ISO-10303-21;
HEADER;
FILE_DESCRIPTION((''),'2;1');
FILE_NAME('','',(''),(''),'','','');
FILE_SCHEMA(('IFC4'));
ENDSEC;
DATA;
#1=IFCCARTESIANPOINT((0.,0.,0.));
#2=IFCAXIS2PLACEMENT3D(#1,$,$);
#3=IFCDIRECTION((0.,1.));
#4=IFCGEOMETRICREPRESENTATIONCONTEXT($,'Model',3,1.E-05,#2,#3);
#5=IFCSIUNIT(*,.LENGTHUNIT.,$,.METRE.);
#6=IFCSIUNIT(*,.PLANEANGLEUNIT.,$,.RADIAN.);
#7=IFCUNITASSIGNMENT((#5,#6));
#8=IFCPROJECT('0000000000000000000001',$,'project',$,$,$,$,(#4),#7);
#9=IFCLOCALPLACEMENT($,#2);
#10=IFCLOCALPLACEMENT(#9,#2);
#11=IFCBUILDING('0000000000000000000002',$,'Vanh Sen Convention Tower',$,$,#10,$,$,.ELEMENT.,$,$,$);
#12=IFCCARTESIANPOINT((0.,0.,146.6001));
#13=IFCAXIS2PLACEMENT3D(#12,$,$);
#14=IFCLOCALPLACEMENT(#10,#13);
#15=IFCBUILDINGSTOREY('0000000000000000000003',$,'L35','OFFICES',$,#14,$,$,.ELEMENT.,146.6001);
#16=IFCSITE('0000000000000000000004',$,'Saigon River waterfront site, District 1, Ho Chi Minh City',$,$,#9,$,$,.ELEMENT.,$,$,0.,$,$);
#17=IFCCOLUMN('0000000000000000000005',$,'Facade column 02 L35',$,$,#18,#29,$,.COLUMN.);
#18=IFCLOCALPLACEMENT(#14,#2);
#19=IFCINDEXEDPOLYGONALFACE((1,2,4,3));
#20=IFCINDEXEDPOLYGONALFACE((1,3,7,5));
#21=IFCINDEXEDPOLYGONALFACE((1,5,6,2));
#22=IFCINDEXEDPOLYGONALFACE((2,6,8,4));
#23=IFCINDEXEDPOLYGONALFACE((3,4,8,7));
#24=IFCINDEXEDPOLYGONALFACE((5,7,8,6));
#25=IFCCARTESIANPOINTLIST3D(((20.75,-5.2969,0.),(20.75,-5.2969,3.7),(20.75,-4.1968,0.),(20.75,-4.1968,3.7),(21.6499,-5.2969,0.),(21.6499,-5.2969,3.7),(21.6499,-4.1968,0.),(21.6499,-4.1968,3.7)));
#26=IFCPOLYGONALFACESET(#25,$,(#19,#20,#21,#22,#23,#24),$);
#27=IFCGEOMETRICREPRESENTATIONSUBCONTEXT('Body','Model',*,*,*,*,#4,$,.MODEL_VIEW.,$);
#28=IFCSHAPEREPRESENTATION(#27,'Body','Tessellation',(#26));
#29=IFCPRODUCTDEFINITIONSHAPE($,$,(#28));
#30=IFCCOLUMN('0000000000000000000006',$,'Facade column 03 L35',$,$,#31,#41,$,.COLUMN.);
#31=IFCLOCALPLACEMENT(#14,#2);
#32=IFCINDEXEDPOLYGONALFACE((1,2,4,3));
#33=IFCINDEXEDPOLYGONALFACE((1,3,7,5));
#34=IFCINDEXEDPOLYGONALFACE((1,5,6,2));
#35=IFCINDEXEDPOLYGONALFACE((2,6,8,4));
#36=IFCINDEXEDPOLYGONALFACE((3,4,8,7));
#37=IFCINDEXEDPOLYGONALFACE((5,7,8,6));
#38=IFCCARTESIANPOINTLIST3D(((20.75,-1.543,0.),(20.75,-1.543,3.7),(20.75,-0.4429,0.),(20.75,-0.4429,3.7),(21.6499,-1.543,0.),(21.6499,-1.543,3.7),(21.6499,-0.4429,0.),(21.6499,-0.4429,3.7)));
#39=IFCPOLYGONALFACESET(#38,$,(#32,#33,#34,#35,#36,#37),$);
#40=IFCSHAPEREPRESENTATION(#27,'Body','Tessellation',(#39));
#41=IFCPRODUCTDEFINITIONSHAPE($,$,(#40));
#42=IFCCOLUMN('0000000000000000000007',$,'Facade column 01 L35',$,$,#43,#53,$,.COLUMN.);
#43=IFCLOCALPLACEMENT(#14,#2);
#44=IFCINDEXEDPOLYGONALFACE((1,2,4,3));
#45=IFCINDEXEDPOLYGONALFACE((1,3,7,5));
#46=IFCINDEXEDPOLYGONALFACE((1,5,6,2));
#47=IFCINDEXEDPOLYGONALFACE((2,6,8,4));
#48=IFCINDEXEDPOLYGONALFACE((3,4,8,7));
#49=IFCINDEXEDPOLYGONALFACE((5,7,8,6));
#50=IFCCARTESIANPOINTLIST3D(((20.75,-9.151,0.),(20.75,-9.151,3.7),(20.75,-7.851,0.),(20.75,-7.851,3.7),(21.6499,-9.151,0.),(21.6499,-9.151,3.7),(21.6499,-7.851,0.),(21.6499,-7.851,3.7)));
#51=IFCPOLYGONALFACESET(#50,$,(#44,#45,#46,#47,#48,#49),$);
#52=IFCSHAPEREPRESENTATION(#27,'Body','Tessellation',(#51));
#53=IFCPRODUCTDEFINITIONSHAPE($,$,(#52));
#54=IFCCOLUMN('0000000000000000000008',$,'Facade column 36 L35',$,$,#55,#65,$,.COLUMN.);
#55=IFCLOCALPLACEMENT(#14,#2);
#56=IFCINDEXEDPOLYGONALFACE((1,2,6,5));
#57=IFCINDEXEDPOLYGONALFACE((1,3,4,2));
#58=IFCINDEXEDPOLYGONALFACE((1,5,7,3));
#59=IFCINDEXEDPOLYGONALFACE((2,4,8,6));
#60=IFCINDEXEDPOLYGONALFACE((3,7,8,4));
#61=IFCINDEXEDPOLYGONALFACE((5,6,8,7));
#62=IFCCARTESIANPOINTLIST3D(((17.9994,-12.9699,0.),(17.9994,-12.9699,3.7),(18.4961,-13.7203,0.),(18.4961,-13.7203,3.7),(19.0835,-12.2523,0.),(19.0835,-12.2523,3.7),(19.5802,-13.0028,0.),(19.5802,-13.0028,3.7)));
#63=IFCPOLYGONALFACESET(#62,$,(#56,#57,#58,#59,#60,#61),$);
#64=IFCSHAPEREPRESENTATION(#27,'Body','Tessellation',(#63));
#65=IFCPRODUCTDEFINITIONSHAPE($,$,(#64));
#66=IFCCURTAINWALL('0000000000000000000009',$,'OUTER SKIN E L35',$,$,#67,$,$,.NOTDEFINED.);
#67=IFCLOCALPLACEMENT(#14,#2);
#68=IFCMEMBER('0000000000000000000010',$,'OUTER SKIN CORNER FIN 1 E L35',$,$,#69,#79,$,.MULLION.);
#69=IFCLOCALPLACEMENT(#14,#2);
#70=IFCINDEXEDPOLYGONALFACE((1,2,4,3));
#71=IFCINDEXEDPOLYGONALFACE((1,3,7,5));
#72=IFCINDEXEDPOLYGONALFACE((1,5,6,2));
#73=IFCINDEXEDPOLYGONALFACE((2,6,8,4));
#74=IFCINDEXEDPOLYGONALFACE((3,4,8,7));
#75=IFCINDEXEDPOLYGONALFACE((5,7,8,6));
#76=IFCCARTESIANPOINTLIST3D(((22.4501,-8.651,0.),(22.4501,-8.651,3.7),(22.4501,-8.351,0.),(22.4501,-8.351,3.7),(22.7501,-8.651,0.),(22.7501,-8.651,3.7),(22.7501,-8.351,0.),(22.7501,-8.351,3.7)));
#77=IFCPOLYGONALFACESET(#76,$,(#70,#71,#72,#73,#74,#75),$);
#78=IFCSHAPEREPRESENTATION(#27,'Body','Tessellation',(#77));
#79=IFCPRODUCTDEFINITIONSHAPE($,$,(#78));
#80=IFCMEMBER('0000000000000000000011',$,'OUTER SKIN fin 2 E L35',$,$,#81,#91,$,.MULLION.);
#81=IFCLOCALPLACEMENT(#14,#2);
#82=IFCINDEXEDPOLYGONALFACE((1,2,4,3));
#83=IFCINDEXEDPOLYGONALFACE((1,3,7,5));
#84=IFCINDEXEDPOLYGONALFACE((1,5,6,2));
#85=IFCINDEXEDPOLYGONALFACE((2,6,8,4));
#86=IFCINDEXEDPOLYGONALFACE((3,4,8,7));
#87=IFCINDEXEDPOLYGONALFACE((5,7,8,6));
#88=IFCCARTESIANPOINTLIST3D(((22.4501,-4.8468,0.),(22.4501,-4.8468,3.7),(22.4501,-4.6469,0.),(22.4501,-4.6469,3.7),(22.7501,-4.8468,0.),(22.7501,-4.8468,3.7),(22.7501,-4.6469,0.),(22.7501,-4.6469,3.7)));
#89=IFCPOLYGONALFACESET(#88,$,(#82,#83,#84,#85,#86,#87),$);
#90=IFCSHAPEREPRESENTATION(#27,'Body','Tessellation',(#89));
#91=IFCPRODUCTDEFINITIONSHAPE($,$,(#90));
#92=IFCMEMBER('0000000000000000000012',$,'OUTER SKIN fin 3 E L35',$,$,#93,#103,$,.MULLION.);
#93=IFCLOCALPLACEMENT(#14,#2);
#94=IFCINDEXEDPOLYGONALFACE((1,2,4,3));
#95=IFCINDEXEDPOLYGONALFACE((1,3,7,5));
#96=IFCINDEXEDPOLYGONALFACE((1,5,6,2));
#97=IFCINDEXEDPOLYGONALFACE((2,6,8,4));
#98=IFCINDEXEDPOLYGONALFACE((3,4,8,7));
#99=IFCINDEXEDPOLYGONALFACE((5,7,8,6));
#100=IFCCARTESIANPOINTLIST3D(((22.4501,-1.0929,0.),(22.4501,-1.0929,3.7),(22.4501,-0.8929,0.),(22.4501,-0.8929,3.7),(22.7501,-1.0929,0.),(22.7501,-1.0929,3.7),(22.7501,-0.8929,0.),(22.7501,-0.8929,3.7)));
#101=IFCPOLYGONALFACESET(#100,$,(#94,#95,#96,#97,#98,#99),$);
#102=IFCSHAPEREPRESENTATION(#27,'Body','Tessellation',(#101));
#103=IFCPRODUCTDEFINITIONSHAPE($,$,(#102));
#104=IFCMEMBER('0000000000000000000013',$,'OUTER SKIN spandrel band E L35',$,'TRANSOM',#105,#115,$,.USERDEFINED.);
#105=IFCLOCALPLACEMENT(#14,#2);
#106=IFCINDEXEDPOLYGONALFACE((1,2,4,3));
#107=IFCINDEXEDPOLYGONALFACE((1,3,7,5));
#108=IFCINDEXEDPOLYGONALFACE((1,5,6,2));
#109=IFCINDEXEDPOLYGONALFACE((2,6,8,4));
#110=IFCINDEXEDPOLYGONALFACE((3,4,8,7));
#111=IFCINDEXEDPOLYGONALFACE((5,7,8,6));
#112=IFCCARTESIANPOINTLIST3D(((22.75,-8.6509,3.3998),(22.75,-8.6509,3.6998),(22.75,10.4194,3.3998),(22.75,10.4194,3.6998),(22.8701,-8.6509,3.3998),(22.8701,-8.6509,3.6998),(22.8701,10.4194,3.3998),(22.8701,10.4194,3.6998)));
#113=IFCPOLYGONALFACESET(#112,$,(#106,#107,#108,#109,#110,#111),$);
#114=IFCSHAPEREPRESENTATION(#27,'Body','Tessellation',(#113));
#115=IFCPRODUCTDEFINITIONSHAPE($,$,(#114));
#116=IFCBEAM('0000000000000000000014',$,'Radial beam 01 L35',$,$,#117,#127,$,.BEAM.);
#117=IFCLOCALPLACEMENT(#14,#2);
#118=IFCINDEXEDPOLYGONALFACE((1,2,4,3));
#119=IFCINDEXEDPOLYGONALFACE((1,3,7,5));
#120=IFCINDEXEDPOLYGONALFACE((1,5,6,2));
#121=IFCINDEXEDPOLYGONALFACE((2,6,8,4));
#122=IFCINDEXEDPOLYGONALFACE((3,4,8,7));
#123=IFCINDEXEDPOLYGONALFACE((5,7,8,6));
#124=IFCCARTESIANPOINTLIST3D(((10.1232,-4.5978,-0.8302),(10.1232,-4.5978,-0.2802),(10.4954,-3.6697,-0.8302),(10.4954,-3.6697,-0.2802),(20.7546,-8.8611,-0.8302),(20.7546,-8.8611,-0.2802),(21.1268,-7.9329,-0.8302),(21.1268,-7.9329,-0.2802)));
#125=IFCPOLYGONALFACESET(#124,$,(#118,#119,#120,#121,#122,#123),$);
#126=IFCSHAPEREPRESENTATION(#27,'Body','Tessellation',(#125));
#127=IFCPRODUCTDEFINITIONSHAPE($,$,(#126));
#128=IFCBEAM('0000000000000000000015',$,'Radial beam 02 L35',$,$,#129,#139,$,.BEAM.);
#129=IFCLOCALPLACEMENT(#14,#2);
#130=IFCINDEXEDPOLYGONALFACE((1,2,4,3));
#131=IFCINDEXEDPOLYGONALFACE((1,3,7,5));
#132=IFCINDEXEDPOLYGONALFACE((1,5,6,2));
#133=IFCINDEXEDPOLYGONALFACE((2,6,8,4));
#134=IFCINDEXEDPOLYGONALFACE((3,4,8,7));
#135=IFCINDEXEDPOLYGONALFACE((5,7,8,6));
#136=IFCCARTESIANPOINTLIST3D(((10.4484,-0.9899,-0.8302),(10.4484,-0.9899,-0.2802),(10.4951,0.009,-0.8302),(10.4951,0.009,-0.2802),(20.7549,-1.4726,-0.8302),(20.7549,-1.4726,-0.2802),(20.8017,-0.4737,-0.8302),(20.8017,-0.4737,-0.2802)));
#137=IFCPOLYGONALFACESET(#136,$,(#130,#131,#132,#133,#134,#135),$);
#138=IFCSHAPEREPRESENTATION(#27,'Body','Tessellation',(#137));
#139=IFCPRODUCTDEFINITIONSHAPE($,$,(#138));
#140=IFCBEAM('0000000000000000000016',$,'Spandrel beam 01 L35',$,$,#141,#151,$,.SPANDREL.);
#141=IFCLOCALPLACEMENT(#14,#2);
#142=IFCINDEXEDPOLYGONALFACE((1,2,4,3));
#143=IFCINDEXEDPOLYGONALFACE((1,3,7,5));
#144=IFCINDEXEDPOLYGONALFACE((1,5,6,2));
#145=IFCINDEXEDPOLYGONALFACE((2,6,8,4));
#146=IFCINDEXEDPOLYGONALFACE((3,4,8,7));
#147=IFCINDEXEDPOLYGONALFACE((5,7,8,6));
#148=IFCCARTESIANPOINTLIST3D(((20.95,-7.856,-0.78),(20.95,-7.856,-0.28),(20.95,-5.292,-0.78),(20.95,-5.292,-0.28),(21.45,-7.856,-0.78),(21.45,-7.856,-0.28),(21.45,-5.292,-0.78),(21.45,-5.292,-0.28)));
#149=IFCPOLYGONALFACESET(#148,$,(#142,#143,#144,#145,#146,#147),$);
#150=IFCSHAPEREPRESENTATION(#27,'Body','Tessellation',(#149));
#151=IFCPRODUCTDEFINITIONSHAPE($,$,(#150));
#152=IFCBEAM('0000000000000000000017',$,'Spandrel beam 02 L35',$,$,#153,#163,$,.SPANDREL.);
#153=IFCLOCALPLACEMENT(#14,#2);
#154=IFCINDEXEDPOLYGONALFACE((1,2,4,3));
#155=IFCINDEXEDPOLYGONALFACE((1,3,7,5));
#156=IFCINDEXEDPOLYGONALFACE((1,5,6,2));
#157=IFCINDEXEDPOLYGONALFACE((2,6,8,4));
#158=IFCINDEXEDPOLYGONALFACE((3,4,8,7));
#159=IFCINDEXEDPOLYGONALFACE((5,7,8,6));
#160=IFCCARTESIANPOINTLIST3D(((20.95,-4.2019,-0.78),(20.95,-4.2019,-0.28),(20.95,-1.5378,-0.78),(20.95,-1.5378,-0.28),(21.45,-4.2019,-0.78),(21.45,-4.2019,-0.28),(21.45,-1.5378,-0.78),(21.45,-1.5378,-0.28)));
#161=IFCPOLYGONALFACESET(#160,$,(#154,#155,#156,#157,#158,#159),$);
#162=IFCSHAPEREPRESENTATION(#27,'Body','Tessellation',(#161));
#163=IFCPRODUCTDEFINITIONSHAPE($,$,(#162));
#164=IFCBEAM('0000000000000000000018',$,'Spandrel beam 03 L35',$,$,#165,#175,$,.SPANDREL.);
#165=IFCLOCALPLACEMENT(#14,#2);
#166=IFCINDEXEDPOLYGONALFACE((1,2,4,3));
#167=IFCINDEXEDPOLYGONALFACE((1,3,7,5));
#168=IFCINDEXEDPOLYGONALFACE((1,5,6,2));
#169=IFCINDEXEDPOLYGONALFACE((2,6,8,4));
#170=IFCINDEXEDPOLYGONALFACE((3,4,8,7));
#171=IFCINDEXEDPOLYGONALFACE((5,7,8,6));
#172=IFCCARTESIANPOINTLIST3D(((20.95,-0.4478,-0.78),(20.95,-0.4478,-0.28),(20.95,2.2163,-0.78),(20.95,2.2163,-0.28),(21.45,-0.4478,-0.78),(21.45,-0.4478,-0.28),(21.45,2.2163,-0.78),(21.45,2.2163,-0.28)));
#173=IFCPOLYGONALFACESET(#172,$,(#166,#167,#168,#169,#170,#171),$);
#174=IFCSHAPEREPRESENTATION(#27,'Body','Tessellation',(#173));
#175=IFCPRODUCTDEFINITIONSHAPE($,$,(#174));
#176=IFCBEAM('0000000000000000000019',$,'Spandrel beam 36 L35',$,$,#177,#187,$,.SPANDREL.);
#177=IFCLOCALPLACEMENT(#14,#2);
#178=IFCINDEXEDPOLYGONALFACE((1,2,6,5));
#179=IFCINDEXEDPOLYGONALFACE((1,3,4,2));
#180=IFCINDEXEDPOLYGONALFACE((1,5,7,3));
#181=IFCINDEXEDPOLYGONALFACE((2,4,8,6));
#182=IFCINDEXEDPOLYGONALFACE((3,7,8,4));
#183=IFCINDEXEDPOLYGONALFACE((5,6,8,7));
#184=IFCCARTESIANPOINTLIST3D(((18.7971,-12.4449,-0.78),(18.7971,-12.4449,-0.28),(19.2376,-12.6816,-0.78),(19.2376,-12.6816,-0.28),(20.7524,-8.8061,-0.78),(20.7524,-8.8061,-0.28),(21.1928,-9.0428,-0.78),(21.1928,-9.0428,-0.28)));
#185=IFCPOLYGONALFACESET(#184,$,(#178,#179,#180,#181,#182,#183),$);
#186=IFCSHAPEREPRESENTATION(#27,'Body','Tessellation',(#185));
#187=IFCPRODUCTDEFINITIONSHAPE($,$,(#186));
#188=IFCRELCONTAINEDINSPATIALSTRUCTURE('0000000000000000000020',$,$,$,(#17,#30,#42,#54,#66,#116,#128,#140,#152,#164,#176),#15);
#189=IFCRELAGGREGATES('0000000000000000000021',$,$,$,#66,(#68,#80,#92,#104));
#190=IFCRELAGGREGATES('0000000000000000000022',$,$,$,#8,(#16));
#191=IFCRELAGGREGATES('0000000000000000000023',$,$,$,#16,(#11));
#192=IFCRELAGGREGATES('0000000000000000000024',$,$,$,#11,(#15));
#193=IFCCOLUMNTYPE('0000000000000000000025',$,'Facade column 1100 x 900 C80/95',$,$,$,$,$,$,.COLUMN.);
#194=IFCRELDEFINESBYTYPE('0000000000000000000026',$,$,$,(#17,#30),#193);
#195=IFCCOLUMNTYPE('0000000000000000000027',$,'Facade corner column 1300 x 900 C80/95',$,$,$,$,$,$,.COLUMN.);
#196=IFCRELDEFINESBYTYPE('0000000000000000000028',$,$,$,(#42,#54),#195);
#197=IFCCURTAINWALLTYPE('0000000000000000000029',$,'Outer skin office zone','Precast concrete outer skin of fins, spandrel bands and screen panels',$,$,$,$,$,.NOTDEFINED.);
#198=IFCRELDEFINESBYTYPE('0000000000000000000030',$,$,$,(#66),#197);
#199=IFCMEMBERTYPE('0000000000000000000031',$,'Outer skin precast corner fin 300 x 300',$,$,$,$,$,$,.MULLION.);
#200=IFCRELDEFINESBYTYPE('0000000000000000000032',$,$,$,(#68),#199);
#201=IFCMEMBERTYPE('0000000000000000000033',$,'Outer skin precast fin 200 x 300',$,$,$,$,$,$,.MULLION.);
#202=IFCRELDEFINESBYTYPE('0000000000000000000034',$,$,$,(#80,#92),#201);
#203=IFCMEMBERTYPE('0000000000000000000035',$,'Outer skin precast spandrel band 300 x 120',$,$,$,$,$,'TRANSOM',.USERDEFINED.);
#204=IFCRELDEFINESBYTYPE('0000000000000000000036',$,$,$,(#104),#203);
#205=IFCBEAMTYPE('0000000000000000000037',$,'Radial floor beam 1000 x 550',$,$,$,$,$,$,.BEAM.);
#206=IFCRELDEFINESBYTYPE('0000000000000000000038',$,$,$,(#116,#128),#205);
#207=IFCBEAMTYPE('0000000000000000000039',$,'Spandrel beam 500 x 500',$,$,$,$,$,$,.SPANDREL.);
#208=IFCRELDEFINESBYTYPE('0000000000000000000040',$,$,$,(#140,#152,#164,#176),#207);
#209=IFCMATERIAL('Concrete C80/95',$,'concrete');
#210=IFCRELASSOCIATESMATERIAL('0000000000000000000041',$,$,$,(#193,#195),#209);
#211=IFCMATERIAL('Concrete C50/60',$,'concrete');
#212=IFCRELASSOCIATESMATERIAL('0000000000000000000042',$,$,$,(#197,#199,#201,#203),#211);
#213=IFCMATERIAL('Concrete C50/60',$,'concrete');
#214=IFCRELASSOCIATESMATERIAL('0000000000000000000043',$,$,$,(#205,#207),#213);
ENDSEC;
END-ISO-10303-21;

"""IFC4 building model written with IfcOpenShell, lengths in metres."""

from ifc_helpers import new_model, si_unit, direction, frame, origin, origin_2d, place, context, subcontext, project, spatial, rectangle, extrude, material, material_profile, profile_set, type_object, element, aggregate, save


model = new_model("IFC4")

# Units and contexts
model_context = context("Model", 3, precision=1e-05, world=origin(), true_north=direction((0.0, 1.0)))
body_context = subcontext(model_context, "Body", "Model", "MODEL_VIEW")
ifc_project = project(units=[si_unit("LENGTHUNIT", "METRE"), si_unit("PLANEANGLEUNIT", "RADIAN")], contexts=[model_context])

# Site, building, storey
site_placement = place(None, origin())
site = spatial("IfcSite", under=ifc_project, at=site_placement, Name="Saigon River waterfront site, District 1, Ho Chi Minh City", CompositionType="ELEMENT", RefElevation=0.0)
building_placement = place(site_placement, origin())
building = spatial("IfcBuilding", under=site, at=building_placement, Name="Vanh Sen Convention Tower", CompositionType="ELEMENT")
storey_placement = place(building_placement, frame((0.0, 0.0, 146.6001)))
storey = spatial("IfcBuildingStorey", under=building, at=storey_placement, Name="L35", Description="OFFICES", CompositionType="ELEMENT", Elevation=146.6001)

# Columns
ifc_material_1 = material(Name="Concrete C80/95", Category="concrete")
ifc_material_profile_1 = material_profile(ifc_material_1, rectangle(XDim=1.1001, YDim=0.8999, at=origin_2d()), Name="RC 1100X900")
ifc_profile_set_1 = profile_set([ifc_material_profile_1], Name="Concrete C80/95")
column_type_1 = type_object("IfcColumnType", Name="Facade column 1100 x 900 C80/95", PredefinedType="COLUMN", material=ifc_profile_set_1)
for number, where, z_axis, x_axis, name in (
    (1, (21.2, -4.7468, 0.0), (0.0, 0.0, 1.0), (0.0, 1.0, 0.0), "Facade column 02 L35"),
    (2, (21.2, -0.9929, 0.0), (0.0, 0.0, 1.0), (0.0, 1.0, 0.0), "Facade column 03 L35"),
):
    element("IfcColumn", number, at=place(storey_placement, frame(where, z_axis=z_axis, x_axis=x_axis)), inside=storey, type_object=column_type_1, Name=name, PredefinedType="COLUMN", context=body_context, shape_type="SweptSolid", body=[
        extrude(rectangle(XDim=1.1001, YDim=0.8999, at=origin_2d()), origin(), (0.0, 0.0, 1.0), 3.7),
    ])
ifc_material_profile_2 = material_profile(ifc_material_1, rectangle(XDim=1.3, YDim=0.8999, at=origin_2d()), Name="RC 1300X900")
ifc_profile_set_2 = profile_set([ifc_material_profile_2], Name="Concrete C80/95")
column_type_2 = type_object("IfcColumnType", Name="Facade corner column 1300 x 900 C80/95", PredefinedType="COLUMN", material=ifc_profile_set_2)
for number, where, z_axis, x_axis, name in (
    (3, (21.2, -8.501, 0.0), (0.0, 0.0, 1.0), (0.0, 1.0, 0.0), "Facade column 01 L35"),
    (4, (18.7898, -12.9863, 0.0), (0.0, 0.0, 1.0), (0.833886, 0.551937, 0.0), "Facade column 36 L35"),
):
    element("IfcColumn", number, at=place(storey_placement, frame(where, z_axis=z_axis, x_axis=x_axis)), inside=storey, type_object=column_type_2, Name=name, PredefinedType="COLUMN", context=body_context, shape_type="SweptSolid", body=[
        extrude(rectangle(XDim=1.3, YDim=0.8999, at=origin_2d()), origin(), (0.0, 0.0, 1.0), 3.7),
    ])

# Curtain wall, members
ifc_material_2 = material(Name="Concrete C50/60", Category="concrete")
curtain_wall_type = type_object("IfcCurtainWallType", Name="Outer skin office zone", Description="Precast concrete outer skin of fins, spandrel bands and screen panels", PredefinedType="NOTDEFINED", material=ifc_material_2)
curtain_wall_1_placement = place(storey_placement, origin())
curtain_wall_1 = element("IfcCurtainWall", 5, at=curtain_wall_1_placement, inside=storey, type_object=curtain_wall_type, Name="OUTER SKIN E L35", PredefinedType="NOTDEFINED")
ifc_material_profile_3 = material_profile(ifc_material_2, rectangle(XDim=0.3, YDim=0.3, at=origin_2d()), Name="Outer skin precast corner fin 300 x 300")
ifc_profile_set_3 = profile_set([ifc_material_profile_3], Name="Concrete C50/60")
member_type_1 = type_object("IfcMemberType", Name="Outer skin precast corner fin 300 x 300", PredefinedType="MULLION", material=ifc_profile_set_3)
member_1_placement = place(storey_placement, frame((22.6001, -8.501, 0.0), z_axis=(0.0, 0.0, 1.0), x_axis=(0.0, 1.0, 0.0)))
member_1 = element("IfcMember", 6, at=member_1_placement, type_object=member_type_1, Name="OUTER SKIN CORNER FIN 1 E L35", PredefinedType="MULLION", context=body_context, shape_type="SweptSolid", body=[
    extrude(rectangle(XDim=0.3, YDim=0.3, at=origin_2d()), origin(), (0.0, 0.0, 1.0), 3.7),
])
ifc_material_profile_4 = material_profile(ifc_material_2, rectangle(XDim=0.2, YDim=0.3, at=origin_2d()), Name="Outer skin precast fin 200 x 300")
ifc_profile_set_4 = profile_set([ifc_material_profile_4], Name="Concrete C50/60")
member_type_2 = type_object("IfcMemberType", Name="Outer skin precast fin 200 x 300", PredefinedType="MULLION", material=ifc_profile_set_4)
member_2_placement = place(storey_placement, frame((22.6001, -4.7468, 0.0), z_axis=(0.0, 0.0, 1.0), x_axis=(0.0, 1.0, 0.0)))
member_2 = element("IfcMember", 7, at=member_2_placement, type_object=member_type_2, Name="OUTER SKIN fin 2 E L35", PredefinedType="MULLION", context=body_context, shape_type="SweptSolid", body=[
    extrude(rectangle(XDim=0.2, YDim=0.3, at=origin_2d()), origin(), (0.0, 0.0, 1.0), 3.7),
])
member_3_placement = place(storey_placement, frame((22.6001, -0.9929, 0.0), z_axis=(0.0, 0.0, 1.0), x_axis=(0.0, 1.0, 0.0)))
member_3 = element("IfcMember", 8, at=member_3_placement, type_object=member_type_2, Name="OUTER SKIN fin 3 E L35", PredefinedType="MULLION", context=body_context, shape_type="SweptSolid", body=[
    extrude(rectangle(XDim=0.2, YDim=0.3, at=origin_2d()), origin(), (0.0, 0.0, 1.0), 3.7),
])
ifc_material_profile_5 = material_profile(ifc_material_2, rectangle(XDim=0.1201, YDim=0.3, at=origin_2d()), Name="Outer skin precast spandrel band 300 x 120")
ifc_profile_set_5 = profile_set([ifc_material_profile_5], Name="Concrete C50/60")
member_type_3 = type_object("IfcMemberType", Name="Outer skin precast spandrel band 300 x 120", ElementType="TRANSOM", PredefinedType="USERDEFINED", material=ifc_profile_set_5)
member_4_placement = place(storey_placement, frame((22.8101, -8.6509, 3.5498), z_axis=(0.0, 1.0, 0.0), x_axis=(-1.0, 0.0, 0.0)))
member_4 = element("IfcMember", 9, at=member_4_placement, type_object=member_type_3, Name="OUTER SKIN spandrel band E L35", ObjectType="TRANSOM", PredefinedType="USERDEFINED", context=body_context, shape_type="SweptSolid", body=[
    extrude(rectangle(XDim=0.1201, YDim=0.3, at=origin_2d()), origin(), (0.0, 0.0, 1.0), 19.0703),
])

# Beams
ifc_material_3 = material(Name="Concrete C50/60", Category="concrete")
ifc_material_profile_6 = material_profile(ifc_material_3, rectangle(XDim=1.0, YDim=0.55, at=origin_2d()), Name="RC 1000X550")
ifc_profile_set_6 = profile_set([ifc_material_profile_6], Name="Concrete C50/60")
beam_type_1 = type_object("IfcBeamType", Name="Radial floor beam 1000 x 550", PredefinedType="BEAM", material=ifc_profile_set_6)
beam_1_placement = place(storey_placement, frame((20.9407, -8.397, -0.5552), z_axis=(-0.928156, 0.372192, 0.0), x_axis=(-0.372192, -0.928156, 0.0)))
element("IfcBeam", 10, at=beam_1_placement, inside=storey, type_object=beam_type_1, Name="Radial beam 01 L35", PredefinedType="BEAM", context=body_context, shape_type="SweptSolid", body=[
    extrude(rectangle(XDim=1.0, YDim=0.55, at=origin_2d()), origin(), (0.0, 0.0, 1.0), 11.4543),
])
beam_2_placement = place(storey_placement, frame((20.7783, -0.9731, -0.5552), z_axis=(-0.998905, 0.046779, 0.0), x_axis=(-0.046779, -0.998905, 0.0)))
element("IfcBeam", 11, at=beam_2_placement, inside=storey, type_object=beam_type_1, Name="Radial beam 02 L35", PredefinedType="BEAM", context=body_context, shape_type="SweptSolid", body=[
    extrude(rectangle(XDim=1.0, YDim=0.55, at=origin_2d()), origin(), (0.0, 0.0, 1.0), 10.3179),
])
ifc_material_profile_7 = material_profile(ifc_material_3, rectangle(XDim=0.5, YDim=0.5, at=origin_2d()), Name="RC 500X500")
ifc_profile_set_7 = profile_set([ifc_material_profile_7], Name="Concrete C50/60")
beam_type_2 = type_object("IfcBeamType", Name="Spandrel beam 500 x 500", PredefinedType="SPANDREL", material=ifc_profile_set_7)
beam_3_placement = place(storey_placement, frame((21.2, -7.856, -0.53), z_axis=(0.0, 1.0, 0.0), x_axis=(-1.0, 0.0, 0.0)))
element("IfcBeam", 12, at=beam_3_placement, inside=storey, type_object=beam_type_2, Name="Spandrel beam 01 L35", PredefinedType="SPANDREL", context=body_context, shape_type="SweptSolid", body=[
    extrude(rectangle(XDim=0.5, YDim=0.5, at=origin_2d()), origin(), (0.0, 0.0, 1.0), 2.564),
])
for number, where, z_axis, x_axis, name in (
    (13, (21.2, -4.2019, -0.53), (0.0, 1.0, 0.0), (-1.0, 0.0, 0.0), "Spandrel beam 02 L35"),
    (14, (21.2, -0.4478, -0.53), (0.0, 1.0, 0.0), (-1.0, 0.0, 0.0), "Spandrel beam 03 L35"),
):
    element("IfcBeam", number, at=place(storey_placement, frame(where, z_axis=z_axis, x_axis=x_axis)), inside=storey, type_object=beam_type_2, Name=name, PredefinedType="SPANDREL", context=body_context, shape_type="SweptSolid", body=[
        extrude(rectangle(XDim=0.5, YDim=0.5, at=origin_2d()), origin(), (0.0, 0.0, 1.0), 2.6641),
    ])
beam_4_placement = place(storey_placement, frame((19.0173, -12.5632, -0.53), z_axis=(0.473331, 0.880884, 0.0), x_axis=(-0.880884, 0.473331, 0.0)))
element("IfcBeam", 15, at=beam_4_placement, inside=storey, type_object=beam_type_2, Name="Spandrel beam 36 L35", PredefinedType="SPANDREL", context=body_context, shape_type="SweptSolid", body=[
    extrude(rectangle(XDim=0.5, YDim=0.5, at=origin_2d()), origin(), (0.0, 0.0, 1.0), 4.1309),
])

aggregate(curtain_wall_1, [member_1, member_2, member_3, member_4])

save(model, "model.ifc")
